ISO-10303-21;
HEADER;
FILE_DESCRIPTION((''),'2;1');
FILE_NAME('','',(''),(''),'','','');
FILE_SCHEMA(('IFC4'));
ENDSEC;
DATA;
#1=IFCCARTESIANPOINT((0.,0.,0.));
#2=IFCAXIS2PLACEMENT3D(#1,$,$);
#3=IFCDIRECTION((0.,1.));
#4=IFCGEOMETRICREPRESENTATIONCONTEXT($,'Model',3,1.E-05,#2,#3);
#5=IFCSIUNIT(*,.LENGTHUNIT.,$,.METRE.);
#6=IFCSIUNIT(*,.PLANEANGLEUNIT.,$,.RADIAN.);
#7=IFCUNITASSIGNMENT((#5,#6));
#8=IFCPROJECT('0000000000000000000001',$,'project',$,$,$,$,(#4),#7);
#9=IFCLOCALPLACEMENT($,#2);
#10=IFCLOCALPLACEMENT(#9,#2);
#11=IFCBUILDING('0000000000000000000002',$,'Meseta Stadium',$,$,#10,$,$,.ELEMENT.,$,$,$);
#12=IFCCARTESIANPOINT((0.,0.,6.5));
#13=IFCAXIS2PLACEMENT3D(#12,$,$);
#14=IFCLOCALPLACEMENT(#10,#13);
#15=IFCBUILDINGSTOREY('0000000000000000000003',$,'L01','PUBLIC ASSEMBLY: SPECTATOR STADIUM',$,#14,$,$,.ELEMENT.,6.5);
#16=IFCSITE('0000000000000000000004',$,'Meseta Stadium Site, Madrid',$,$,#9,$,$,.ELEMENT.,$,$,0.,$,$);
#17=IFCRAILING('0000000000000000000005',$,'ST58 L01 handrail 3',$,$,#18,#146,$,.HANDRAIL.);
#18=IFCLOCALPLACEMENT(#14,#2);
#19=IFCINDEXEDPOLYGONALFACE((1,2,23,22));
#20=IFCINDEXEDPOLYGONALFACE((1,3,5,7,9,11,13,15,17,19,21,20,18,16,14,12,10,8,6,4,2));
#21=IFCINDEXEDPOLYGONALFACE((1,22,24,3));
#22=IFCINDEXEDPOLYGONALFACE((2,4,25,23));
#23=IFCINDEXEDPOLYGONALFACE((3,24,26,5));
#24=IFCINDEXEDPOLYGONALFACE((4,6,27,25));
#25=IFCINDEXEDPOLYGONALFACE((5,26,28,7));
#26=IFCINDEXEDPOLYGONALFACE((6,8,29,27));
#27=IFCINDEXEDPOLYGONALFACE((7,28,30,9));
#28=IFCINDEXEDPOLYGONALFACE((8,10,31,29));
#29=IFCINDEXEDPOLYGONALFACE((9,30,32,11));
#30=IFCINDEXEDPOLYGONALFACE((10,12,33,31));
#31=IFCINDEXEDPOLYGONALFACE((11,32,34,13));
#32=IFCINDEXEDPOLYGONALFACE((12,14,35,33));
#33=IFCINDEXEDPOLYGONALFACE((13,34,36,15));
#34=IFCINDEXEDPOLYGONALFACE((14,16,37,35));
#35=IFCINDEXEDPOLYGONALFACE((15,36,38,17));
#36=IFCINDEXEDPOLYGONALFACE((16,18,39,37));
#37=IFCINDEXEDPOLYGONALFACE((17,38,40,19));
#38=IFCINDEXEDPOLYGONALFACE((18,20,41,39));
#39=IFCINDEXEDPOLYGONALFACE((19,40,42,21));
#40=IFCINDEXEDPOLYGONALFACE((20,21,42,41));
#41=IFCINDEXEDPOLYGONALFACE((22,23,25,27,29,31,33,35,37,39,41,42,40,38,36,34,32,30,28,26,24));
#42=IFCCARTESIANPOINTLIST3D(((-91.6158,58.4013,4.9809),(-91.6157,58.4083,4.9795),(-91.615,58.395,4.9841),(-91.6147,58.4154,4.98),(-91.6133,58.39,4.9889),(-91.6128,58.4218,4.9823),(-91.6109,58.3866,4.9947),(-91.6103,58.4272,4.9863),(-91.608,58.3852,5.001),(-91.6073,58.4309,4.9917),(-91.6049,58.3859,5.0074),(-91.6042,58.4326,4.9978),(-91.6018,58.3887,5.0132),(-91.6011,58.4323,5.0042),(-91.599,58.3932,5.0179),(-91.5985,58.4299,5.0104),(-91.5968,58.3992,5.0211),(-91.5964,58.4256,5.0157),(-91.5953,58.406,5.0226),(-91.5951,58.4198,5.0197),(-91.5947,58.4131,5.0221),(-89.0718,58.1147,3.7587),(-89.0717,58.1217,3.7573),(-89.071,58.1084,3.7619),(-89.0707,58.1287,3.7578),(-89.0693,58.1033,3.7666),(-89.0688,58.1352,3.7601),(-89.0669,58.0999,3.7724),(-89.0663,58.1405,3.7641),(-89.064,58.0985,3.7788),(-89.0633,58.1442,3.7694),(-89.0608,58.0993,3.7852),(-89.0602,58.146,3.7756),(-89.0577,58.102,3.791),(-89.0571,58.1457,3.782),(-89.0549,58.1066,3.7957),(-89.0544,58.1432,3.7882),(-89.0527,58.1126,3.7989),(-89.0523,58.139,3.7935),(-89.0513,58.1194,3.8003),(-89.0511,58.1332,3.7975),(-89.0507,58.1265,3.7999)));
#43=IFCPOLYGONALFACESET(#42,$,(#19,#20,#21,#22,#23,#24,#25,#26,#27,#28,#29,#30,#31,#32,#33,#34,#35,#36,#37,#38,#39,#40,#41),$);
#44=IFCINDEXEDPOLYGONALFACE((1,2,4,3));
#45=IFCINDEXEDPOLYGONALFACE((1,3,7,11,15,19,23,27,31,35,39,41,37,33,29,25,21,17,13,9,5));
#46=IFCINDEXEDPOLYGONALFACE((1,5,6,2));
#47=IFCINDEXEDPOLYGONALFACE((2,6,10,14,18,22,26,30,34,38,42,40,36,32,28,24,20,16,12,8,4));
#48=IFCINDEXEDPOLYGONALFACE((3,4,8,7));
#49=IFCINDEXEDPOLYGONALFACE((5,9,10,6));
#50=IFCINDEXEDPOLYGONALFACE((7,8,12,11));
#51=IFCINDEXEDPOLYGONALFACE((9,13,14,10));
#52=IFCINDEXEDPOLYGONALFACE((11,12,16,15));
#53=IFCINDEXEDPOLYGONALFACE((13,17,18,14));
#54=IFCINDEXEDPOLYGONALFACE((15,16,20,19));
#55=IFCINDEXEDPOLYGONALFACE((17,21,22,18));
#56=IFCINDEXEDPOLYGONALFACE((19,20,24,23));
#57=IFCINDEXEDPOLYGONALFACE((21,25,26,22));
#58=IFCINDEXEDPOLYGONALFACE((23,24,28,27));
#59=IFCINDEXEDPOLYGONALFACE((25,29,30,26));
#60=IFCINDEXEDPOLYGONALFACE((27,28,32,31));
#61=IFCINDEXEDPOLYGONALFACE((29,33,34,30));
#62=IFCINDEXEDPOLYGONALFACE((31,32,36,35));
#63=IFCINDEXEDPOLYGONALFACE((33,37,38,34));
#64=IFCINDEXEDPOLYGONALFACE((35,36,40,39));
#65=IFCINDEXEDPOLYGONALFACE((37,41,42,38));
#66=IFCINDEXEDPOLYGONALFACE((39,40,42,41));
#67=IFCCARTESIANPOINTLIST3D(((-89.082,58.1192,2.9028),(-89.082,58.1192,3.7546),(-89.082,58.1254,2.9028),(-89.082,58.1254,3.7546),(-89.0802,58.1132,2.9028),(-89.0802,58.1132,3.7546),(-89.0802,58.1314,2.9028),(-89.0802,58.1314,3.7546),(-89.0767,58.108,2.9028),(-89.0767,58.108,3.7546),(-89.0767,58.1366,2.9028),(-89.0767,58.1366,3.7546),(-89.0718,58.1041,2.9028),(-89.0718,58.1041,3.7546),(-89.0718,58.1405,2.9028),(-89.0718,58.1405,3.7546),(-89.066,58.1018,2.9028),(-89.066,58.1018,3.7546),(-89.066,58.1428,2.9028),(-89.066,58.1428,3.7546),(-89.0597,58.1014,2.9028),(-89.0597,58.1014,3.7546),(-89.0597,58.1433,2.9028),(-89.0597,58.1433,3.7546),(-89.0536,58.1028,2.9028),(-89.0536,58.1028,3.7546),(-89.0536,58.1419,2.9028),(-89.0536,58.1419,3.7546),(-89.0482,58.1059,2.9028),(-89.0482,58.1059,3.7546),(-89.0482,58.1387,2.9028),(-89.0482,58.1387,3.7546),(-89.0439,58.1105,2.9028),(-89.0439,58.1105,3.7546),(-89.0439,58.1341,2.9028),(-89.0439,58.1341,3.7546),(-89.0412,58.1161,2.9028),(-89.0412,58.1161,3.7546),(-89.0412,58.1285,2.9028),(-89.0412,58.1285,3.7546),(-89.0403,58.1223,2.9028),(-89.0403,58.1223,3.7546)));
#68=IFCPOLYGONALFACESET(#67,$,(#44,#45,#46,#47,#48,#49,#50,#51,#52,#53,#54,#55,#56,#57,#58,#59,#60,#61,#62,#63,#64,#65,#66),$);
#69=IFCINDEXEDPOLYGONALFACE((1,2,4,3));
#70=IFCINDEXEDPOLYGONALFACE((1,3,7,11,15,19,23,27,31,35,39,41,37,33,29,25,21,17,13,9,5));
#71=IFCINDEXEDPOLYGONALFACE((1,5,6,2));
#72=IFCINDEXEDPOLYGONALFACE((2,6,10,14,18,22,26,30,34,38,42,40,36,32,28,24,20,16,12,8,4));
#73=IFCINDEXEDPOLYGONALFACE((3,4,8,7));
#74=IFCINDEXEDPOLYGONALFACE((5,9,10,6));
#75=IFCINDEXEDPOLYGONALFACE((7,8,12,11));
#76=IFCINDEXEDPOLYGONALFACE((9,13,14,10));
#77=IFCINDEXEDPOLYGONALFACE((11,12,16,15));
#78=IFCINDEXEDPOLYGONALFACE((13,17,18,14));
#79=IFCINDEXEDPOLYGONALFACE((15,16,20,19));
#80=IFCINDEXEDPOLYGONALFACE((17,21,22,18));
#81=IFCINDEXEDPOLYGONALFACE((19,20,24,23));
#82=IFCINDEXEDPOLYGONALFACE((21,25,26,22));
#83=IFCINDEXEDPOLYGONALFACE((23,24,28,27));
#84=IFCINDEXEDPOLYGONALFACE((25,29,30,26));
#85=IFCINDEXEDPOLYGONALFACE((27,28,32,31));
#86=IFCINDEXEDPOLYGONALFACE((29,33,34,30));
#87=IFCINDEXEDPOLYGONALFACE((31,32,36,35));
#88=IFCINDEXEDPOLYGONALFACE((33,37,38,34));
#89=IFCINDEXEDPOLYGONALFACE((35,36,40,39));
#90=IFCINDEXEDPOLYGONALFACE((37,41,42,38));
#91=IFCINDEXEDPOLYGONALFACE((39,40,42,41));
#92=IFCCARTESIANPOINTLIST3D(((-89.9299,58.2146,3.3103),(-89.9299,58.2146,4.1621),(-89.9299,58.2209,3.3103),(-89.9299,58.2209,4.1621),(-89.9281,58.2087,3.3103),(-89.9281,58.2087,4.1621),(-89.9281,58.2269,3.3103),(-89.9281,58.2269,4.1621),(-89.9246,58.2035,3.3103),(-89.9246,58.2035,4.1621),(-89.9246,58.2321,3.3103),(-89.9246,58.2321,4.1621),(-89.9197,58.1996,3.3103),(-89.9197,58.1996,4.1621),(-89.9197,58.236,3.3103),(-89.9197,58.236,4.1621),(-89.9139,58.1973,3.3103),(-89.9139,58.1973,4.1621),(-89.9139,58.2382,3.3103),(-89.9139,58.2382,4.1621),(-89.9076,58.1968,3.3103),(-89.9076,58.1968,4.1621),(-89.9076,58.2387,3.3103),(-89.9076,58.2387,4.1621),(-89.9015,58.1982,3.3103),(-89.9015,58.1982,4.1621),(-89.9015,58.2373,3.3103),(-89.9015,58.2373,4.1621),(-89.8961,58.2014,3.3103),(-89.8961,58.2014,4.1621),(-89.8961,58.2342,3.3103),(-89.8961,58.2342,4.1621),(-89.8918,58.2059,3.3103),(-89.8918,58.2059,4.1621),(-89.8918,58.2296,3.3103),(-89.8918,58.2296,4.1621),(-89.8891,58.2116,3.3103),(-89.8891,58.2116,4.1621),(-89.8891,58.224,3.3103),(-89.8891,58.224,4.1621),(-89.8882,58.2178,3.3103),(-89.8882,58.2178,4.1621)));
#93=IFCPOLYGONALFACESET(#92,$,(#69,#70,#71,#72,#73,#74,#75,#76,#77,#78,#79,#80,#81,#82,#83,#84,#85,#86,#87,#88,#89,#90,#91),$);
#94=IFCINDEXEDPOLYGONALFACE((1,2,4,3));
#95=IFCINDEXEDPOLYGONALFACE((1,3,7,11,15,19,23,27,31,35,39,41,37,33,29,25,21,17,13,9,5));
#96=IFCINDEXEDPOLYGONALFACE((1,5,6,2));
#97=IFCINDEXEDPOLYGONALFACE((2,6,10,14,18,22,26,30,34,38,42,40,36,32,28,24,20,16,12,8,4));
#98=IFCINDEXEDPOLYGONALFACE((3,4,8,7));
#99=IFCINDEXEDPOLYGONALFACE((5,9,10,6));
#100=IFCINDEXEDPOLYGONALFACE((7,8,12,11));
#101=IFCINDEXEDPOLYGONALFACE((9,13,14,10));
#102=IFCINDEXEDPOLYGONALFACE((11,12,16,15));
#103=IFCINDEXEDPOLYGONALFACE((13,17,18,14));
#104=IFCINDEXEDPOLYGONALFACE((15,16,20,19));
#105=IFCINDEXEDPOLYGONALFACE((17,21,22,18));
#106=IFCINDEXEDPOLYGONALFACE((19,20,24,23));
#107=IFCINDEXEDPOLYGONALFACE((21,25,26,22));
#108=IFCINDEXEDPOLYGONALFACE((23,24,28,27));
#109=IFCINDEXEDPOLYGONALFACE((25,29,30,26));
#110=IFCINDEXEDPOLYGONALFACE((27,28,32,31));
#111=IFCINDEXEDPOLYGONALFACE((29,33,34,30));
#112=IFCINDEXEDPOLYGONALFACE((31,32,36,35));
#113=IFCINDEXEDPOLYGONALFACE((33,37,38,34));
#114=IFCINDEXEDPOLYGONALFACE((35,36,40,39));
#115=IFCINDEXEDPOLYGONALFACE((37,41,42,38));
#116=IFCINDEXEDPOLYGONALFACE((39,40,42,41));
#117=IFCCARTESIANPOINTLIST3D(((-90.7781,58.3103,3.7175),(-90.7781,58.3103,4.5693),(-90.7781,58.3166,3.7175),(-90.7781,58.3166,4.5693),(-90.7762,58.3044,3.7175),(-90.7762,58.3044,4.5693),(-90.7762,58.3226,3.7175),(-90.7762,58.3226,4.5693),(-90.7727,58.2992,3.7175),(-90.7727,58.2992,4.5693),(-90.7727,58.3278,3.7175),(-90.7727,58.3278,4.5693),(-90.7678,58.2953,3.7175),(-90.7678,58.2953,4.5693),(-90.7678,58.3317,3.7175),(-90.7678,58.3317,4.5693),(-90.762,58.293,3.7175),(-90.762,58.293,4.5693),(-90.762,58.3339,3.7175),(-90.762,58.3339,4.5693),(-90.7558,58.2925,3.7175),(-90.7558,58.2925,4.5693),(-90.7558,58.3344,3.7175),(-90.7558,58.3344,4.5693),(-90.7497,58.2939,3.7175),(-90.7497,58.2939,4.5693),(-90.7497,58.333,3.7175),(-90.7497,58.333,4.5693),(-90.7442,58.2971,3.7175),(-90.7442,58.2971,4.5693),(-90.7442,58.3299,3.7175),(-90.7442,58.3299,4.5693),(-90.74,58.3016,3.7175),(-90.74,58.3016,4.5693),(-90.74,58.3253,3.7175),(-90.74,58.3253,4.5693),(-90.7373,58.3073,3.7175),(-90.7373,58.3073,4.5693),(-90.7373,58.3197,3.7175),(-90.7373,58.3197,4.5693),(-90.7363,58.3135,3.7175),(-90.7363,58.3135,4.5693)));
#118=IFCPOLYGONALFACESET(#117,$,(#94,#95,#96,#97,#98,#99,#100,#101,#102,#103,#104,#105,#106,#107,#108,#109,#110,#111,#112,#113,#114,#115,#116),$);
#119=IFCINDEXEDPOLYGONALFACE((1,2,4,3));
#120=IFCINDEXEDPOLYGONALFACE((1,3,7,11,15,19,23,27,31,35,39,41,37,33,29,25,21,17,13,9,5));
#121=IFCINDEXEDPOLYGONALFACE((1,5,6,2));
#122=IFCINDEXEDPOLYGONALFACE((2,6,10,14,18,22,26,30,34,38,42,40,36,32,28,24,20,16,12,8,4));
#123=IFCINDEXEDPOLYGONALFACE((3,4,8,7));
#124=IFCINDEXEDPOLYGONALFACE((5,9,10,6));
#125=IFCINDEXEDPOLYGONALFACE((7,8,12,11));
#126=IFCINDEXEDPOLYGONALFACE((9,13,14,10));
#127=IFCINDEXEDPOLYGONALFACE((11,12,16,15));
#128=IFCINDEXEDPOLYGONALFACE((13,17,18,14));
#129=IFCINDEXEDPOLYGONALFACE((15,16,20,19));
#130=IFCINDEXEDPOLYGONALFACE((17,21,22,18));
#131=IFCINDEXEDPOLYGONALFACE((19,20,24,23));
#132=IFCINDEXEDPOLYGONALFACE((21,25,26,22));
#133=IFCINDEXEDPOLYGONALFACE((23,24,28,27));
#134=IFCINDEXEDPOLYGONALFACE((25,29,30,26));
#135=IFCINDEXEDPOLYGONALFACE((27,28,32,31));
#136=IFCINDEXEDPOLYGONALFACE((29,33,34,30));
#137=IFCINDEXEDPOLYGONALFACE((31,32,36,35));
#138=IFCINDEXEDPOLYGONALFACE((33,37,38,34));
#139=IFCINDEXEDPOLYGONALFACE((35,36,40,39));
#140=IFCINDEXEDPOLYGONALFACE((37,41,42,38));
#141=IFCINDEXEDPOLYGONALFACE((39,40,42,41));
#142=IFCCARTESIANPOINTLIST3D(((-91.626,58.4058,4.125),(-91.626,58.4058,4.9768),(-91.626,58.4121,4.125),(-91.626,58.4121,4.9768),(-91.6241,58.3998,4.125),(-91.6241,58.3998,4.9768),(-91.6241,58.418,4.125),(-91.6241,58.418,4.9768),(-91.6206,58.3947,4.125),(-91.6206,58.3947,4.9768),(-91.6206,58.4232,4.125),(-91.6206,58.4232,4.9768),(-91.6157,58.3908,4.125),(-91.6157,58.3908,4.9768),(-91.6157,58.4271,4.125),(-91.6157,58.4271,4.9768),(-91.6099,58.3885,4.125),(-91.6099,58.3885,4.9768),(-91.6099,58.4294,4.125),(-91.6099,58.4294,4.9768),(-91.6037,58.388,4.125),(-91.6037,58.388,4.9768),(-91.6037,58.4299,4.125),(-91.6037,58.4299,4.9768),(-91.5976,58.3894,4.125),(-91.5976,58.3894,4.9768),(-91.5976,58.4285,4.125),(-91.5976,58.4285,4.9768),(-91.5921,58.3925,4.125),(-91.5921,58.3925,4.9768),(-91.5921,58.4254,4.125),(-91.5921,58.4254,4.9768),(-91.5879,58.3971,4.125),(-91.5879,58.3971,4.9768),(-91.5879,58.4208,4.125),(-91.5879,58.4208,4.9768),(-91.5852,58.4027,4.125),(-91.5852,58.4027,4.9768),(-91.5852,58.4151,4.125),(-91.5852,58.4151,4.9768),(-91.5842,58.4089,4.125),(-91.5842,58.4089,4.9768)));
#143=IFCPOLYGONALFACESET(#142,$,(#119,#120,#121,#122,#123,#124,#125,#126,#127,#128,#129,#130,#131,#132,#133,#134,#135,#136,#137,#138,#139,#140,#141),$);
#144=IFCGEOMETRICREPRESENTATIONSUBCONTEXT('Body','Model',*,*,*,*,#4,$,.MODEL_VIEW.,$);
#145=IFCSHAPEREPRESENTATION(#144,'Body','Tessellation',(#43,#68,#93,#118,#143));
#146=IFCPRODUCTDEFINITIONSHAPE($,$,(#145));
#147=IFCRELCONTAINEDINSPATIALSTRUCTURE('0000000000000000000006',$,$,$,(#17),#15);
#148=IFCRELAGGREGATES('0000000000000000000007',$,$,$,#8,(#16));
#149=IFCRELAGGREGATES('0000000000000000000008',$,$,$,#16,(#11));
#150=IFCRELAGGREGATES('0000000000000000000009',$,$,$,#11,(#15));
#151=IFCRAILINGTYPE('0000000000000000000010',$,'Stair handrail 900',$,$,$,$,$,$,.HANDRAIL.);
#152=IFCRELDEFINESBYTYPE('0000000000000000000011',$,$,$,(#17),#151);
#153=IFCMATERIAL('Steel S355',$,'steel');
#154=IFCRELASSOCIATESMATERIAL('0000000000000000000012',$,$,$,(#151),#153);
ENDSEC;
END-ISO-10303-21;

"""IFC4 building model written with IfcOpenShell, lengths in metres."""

from ifc_helpers import new_model, si_unit, direction, frame, origin, origin_2d, place, context, subcontext, project, spatial, circle, extrude, material, type_object, element, save


model = new_model("IFC4")

# Units and contexts
model_context = context("Model", 3, precision=1e-05, world=origin(), true_north=direction((0.0, 1.0)))
body_context = subcontext(model_context, "Body", "Model", "MODEL_VIEW")
ifc_project = project(units=[si_unit("LENGTHUNIT", "METRE"), si_unit("PLANEANGLEUNIT", "RADIAN")], contexts=[model_context])

# Site, building, storey
site_placement = place(None, origin())
site = spatial("IfcSite", under=ifc_project, at=site_placement, Name="Meseta Stadium Site, Madrid", CompositionType="ELEMENT", RefElevation=0.0)
building_placement = place(site_placement, origin())
building = spatial("IfcBuilding", under=site, at=building_placement, Name="Meseta Stadium", CompositionType="ELEMENT")
storey_placement = place(building_placement, frame((0.0, 0.0, 6.5)))
storey = spatial("IfcBuildingStorey", under=building, at=storey_placement, Name="L01", Description="PUBLIC ASSEMBLY: SPECTATOR STADIUM", CompositionType="ELEMENT", Elevation=6.5)

# Railing
ifc_material_1 = material(Name="Steel S355", Category="steel")
railing_type_1 = type_object("IfcRailingType", Name="Stair handrail 900", PredefinedType="HANDRAIL", material=ifc_material_1)
for number, where, name in (
    (1, (-89.0613, 58.1223, 2.9028), "ST58 L01 handrail 3"),
):
    element("IfcRailing", number, at=place(storey_placement, frame(where)), inside=storey, type_object=railing_type_1, Name=name, PredefinedType="HANDRAIL", context=body_context, shape_type="SweptSolid", body=[
        extrude(circle(Radius=0.0239, at=origin_2d()), frame((0.0, 0.0, 0.876), z_axis=(-0.896762, 0.101036, 0.430824), x_axis=(-0.11196, -0.993713, 0.0)), (0.0, 0.0, 1.0), 2.8369),
        extrude(circle(Radius=0.021, at=origin_2d()), origin(), (0.0, 0.0, 1.0), 0.8518),
        extrude(circle(Radius=0.021, at=origin_2d()), frame((-0.8479, 0.0955, 0.4075)), (0.0, 0.0, 1.0), 0.8518),
        extrude(circle(Radius=0.021, at=origin_2d()), frame((-1.696, 0.1912, 0.8147)), (0.0, 0.0, 1.0), 0.8518),
        extrude(circle(Radius=0.021, at=origin_2d()), frame((-2.5439, 0.2866, 1.2222)), (0.0, 0.0, 1.0), 0.8518),
    ])

save(model, "model.ifc")
